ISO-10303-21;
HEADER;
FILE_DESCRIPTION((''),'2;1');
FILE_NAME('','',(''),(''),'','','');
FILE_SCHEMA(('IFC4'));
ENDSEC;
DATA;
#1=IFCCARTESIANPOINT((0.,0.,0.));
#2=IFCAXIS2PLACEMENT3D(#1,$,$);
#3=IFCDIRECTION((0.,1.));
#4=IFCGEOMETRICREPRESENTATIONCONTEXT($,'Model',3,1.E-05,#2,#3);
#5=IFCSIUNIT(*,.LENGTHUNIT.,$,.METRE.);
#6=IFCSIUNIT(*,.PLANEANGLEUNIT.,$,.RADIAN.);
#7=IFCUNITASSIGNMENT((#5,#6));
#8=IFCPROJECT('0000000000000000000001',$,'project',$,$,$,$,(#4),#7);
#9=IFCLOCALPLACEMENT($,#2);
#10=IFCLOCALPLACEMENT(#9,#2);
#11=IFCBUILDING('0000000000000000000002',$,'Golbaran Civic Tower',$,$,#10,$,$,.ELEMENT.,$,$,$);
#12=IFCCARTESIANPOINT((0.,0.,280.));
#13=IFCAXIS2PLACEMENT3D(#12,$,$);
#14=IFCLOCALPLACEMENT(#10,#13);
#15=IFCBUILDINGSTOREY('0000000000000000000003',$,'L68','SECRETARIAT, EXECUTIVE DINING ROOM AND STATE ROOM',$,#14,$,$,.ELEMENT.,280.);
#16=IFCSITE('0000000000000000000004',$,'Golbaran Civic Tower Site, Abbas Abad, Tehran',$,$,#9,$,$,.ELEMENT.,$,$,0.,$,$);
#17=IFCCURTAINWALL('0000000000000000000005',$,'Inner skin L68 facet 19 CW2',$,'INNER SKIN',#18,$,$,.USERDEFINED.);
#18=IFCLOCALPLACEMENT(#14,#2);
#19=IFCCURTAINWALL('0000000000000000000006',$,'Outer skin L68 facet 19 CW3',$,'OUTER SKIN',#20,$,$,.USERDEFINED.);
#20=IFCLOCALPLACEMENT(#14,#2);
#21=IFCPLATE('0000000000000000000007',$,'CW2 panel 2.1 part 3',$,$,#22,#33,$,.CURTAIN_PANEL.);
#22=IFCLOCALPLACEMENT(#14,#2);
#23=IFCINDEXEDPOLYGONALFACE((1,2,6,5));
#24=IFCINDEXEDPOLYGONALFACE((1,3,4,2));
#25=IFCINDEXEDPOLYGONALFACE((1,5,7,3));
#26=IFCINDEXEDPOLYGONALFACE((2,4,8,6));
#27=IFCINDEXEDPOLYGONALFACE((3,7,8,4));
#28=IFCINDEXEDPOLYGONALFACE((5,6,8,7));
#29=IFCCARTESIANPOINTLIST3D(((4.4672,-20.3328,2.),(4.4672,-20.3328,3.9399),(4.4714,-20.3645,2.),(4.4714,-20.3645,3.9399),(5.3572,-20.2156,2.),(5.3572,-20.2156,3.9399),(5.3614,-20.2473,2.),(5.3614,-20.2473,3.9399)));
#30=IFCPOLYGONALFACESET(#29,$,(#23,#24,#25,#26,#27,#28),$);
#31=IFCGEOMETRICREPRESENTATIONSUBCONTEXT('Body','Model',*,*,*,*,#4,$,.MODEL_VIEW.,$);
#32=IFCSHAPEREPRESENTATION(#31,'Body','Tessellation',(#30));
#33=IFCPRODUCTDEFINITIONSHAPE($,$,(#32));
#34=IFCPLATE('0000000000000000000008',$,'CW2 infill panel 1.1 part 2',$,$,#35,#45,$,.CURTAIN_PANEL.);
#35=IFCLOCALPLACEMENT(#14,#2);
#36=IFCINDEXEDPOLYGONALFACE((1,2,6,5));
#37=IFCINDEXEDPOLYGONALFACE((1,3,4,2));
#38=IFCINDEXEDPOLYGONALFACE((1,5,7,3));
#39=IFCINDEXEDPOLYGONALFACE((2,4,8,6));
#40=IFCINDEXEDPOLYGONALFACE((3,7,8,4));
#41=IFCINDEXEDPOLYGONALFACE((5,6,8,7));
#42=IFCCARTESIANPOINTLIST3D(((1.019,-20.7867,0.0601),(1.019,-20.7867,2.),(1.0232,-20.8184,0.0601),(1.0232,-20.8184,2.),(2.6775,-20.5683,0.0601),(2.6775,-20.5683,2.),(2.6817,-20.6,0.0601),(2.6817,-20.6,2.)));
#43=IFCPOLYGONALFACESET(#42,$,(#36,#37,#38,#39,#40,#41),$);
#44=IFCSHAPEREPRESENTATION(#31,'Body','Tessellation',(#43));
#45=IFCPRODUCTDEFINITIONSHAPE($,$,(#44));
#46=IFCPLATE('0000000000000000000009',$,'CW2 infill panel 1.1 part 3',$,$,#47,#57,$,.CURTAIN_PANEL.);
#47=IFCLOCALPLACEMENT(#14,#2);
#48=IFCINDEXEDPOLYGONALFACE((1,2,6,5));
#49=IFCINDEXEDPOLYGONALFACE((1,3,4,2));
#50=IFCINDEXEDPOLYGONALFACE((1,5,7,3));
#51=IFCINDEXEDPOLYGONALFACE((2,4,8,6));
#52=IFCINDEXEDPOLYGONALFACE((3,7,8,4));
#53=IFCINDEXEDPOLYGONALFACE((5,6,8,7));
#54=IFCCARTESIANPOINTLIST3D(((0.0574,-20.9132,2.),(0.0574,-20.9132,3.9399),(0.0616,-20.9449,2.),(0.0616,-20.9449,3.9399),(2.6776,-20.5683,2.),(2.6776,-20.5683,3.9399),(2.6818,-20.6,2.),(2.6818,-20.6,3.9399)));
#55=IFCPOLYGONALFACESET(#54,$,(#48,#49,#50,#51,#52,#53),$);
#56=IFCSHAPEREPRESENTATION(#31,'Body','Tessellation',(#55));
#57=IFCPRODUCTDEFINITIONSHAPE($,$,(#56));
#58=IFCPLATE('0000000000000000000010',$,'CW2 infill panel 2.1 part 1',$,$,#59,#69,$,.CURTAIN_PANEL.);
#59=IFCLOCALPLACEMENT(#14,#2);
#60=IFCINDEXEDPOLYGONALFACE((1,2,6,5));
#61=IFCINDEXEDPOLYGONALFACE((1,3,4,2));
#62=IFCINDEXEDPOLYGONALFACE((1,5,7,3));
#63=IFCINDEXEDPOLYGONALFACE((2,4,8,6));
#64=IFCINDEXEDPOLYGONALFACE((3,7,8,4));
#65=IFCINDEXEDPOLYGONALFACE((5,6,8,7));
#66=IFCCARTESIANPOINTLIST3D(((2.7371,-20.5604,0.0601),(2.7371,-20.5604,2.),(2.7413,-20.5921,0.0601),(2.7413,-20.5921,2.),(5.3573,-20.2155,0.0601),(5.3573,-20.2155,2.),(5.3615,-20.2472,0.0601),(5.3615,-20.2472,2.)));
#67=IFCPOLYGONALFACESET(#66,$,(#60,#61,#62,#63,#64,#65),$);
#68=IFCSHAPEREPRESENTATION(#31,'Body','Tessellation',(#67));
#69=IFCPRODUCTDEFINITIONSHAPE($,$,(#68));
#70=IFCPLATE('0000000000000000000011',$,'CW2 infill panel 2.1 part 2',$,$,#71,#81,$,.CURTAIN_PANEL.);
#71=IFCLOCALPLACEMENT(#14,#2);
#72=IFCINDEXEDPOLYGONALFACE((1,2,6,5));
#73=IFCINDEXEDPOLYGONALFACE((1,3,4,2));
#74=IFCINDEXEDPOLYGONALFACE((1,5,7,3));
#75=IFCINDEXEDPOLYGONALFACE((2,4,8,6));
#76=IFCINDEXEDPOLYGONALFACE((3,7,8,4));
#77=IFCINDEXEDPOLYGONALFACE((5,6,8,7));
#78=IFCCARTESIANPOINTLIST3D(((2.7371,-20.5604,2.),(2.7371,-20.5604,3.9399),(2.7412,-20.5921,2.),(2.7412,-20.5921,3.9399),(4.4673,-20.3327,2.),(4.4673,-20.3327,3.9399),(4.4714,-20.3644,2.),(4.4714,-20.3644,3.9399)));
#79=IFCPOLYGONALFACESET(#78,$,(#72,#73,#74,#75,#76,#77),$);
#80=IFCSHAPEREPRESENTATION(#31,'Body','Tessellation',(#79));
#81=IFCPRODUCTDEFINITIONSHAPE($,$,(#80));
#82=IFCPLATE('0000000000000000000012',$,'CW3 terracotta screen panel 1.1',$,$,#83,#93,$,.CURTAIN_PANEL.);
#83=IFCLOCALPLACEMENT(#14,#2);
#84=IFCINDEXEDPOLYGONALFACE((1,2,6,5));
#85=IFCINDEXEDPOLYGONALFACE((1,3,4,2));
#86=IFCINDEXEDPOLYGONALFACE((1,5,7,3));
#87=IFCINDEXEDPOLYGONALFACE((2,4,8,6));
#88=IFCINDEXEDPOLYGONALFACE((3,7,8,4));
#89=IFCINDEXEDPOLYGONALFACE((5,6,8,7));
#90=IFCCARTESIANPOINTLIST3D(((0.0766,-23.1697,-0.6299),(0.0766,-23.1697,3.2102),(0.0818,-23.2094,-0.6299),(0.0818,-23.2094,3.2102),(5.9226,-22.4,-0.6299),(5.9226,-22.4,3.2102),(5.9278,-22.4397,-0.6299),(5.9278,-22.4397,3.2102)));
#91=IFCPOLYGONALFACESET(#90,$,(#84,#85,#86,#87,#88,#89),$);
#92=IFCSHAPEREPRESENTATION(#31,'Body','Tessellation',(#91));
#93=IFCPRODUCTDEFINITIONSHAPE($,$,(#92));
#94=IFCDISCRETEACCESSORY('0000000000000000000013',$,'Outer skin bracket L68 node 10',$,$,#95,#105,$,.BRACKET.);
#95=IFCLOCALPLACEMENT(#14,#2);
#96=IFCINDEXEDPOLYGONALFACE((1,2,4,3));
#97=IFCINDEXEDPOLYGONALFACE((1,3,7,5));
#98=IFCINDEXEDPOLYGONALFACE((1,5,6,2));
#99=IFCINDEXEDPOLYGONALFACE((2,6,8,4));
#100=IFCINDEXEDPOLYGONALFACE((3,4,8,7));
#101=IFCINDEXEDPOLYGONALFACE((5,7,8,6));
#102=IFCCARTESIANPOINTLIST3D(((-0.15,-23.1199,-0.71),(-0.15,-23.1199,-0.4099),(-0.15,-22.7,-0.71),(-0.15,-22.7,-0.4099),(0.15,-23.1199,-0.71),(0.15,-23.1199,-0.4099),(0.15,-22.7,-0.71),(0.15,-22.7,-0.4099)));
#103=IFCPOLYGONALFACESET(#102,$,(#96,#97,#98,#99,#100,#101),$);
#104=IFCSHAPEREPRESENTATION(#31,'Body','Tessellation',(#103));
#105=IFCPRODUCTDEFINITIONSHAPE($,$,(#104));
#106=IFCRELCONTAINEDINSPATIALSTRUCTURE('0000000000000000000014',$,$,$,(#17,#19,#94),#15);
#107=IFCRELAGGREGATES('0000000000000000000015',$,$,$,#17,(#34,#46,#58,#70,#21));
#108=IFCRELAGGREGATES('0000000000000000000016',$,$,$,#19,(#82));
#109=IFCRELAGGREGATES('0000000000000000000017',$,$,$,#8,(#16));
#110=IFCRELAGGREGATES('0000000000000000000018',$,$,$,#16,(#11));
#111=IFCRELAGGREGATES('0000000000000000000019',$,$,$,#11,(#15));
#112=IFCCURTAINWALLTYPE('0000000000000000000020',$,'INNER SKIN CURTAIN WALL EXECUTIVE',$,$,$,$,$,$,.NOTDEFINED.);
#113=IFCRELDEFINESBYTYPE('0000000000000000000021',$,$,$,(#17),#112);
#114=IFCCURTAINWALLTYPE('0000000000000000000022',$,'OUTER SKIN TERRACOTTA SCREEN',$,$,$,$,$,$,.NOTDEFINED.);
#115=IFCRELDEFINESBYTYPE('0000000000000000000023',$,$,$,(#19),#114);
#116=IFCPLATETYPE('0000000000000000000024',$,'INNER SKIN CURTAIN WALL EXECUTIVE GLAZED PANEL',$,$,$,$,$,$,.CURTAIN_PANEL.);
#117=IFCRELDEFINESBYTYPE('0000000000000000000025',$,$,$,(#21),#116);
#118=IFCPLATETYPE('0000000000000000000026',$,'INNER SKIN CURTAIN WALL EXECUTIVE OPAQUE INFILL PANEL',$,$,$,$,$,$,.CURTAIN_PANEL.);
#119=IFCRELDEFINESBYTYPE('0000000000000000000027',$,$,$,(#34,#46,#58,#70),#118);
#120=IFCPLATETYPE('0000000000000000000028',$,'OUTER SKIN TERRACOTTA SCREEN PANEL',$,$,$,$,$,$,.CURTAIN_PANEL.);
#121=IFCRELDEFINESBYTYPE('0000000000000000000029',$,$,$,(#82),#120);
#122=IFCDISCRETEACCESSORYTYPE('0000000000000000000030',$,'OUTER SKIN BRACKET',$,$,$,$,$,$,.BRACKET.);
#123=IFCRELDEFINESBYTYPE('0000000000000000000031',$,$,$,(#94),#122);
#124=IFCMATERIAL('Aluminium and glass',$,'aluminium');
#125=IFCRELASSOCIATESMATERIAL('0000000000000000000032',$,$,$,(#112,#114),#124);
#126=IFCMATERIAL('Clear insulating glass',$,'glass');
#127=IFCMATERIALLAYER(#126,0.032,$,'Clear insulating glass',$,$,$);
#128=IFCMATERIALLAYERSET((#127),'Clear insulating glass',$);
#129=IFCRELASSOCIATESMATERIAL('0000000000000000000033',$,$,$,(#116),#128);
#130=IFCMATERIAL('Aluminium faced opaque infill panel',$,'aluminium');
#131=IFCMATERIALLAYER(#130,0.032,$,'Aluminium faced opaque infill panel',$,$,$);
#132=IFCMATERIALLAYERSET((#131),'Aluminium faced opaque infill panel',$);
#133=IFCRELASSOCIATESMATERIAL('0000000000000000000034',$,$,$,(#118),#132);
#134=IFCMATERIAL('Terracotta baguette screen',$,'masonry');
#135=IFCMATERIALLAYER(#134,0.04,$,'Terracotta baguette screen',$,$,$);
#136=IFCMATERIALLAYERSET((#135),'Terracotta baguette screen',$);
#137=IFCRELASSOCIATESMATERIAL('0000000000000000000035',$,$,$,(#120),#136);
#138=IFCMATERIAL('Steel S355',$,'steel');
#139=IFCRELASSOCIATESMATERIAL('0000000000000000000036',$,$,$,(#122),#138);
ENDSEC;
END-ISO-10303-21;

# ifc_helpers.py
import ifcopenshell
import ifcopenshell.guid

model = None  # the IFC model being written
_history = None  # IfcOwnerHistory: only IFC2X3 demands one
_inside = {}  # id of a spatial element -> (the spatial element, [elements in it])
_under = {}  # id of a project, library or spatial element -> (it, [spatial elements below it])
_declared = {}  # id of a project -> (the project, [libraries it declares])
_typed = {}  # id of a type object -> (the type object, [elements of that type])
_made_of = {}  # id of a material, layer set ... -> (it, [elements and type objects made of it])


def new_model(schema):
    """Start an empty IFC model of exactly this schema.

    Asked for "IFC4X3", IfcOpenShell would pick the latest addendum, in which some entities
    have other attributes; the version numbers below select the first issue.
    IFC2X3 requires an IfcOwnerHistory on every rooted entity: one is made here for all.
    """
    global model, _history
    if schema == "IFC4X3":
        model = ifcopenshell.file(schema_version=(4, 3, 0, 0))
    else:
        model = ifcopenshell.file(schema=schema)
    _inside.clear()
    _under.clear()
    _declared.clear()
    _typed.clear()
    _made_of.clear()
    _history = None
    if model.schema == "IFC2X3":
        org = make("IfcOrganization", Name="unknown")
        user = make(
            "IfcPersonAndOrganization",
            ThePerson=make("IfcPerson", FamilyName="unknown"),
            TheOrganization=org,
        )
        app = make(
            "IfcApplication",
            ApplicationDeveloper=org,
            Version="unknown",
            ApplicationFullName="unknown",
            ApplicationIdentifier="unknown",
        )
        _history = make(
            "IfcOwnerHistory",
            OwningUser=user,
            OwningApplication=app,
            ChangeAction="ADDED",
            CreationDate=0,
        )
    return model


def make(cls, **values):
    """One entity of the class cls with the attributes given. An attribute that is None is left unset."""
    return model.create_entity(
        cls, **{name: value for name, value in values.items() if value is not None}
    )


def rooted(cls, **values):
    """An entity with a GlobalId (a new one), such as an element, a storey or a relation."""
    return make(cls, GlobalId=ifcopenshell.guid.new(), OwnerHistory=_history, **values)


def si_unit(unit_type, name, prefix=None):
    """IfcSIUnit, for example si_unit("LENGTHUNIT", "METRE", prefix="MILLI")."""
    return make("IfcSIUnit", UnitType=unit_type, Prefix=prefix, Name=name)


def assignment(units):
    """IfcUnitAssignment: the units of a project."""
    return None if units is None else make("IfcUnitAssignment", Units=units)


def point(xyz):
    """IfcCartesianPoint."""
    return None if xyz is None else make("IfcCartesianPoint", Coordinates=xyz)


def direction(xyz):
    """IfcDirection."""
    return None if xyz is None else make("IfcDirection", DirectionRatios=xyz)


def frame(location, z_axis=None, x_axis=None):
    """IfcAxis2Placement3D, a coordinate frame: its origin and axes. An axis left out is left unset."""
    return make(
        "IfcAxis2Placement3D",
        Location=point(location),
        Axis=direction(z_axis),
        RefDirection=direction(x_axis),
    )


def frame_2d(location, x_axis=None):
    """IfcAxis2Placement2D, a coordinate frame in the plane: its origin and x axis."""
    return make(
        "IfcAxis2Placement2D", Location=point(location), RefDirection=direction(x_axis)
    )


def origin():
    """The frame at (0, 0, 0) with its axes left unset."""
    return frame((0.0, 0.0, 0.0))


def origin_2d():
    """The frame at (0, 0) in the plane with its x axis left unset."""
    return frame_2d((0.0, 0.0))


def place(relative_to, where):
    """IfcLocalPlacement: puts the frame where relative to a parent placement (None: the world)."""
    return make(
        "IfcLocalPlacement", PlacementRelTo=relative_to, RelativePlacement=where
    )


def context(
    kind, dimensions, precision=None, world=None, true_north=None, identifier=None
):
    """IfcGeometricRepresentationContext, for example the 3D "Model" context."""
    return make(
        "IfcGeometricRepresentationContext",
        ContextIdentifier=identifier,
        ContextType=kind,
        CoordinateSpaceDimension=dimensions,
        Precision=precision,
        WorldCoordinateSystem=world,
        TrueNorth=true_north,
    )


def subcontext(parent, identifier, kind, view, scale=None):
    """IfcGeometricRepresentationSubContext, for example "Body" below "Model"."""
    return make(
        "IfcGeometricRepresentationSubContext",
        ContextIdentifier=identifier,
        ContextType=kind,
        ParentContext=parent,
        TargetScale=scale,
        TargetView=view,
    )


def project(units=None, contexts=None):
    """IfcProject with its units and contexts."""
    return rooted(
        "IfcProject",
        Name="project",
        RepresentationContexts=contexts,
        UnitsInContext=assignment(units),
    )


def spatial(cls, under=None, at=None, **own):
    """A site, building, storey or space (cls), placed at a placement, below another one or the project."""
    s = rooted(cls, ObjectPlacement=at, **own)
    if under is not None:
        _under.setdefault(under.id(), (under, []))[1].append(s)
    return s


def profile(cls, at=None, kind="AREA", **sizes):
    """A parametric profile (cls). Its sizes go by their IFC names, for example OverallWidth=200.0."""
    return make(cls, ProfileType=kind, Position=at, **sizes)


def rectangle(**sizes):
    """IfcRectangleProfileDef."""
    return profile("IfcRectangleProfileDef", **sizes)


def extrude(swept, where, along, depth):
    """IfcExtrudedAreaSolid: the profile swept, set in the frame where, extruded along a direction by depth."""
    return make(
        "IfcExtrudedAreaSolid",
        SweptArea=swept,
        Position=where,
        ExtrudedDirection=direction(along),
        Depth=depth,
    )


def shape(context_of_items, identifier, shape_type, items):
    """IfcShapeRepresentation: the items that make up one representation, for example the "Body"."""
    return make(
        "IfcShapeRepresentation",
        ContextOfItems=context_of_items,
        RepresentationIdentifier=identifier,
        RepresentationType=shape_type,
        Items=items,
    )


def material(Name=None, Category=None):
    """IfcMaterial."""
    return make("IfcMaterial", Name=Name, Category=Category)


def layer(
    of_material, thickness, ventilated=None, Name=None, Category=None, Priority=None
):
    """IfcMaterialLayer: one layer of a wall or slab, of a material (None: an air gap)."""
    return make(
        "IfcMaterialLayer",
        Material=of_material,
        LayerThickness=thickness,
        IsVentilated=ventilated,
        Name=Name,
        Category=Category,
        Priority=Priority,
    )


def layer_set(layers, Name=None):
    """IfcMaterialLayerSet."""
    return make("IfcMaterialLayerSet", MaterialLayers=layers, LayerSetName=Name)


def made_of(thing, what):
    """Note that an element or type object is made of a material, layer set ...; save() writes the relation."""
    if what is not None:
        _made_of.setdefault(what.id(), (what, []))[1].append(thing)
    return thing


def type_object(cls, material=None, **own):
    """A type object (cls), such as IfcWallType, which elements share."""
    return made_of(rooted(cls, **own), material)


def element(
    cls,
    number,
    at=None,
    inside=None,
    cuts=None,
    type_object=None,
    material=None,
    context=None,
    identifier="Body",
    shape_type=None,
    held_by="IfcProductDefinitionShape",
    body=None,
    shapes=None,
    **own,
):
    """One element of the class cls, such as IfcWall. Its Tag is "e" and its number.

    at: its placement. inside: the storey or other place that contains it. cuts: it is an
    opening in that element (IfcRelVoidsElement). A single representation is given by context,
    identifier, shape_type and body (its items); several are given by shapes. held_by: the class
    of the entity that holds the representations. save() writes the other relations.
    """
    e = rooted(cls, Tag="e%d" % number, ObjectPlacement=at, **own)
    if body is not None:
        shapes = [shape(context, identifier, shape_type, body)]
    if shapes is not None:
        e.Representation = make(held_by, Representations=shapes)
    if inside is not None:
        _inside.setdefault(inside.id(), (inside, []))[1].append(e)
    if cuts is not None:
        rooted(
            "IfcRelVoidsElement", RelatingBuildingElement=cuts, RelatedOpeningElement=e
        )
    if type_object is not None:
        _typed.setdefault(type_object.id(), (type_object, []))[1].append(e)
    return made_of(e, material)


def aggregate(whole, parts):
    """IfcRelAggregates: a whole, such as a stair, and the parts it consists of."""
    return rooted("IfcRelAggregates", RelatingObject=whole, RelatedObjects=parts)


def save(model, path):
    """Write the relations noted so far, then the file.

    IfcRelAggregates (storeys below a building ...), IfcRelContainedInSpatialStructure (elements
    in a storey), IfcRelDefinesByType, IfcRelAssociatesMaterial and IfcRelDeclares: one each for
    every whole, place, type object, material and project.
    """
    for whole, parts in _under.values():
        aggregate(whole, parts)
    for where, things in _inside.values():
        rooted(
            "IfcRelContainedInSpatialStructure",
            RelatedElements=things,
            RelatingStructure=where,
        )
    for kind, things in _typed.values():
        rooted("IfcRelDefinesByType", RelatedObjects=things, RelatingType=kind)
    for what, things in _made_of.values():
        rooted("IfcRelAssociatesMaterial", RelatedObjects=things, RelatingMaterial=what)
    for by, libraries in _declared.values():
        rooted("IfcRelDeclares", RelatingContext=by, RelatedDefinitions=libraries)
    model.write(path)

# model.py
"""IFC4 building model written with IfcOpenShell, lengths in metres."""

from ifc_helpers import new_model, si_unit, direction, frame, origin, origin_2d, place, context, subcontext, project, spatial, rectangle, extrude, material, layer, layer_set, type_object, element, aggregate, save


model = new_model("IFC4")

# Units and contexts
model_context = context("Model", 3, precision=1e-05, world=origin(), true_north=direction((0.0, 1.0)))
body_context = subcontext(model_context, "Body", "Model", "MODEL_VIEW")
ifc_project = project(units=[si_unit("LENGTHUNIT", "METRE"), si_unit("PLANEANGLEUNIT", "RADIAN")], contexts=[model_context])

# Site, building, storey
site_placement = place(None, origin())
site = spatial("IfcSite", under=ifc_project, at=site_placement, Name="Golbaran Civic Tower Site, Abbas Abad, Tehran", CompositionType="ELEMENT", RefElevation=0.0)
building_placement = place(site_placement, origin())
building = spatial("IfcBuilding", under=site, at=building_placement, Name="Golbaran Civic Tower", CompositionType="ELEMENT")
storey_placement = place(building_placement, frame((0.0, 0.0, 280.0)))
storey = spatial("IfcBuildingStorey", under=building, at=storey_placement, Name="L68", Description="SECRETARIAT, EXECUTIVE DINING ROOM AND STATE ROOM", CompositionType="ELEMENT", Elevation=280.0)

# Shared definitions
ifc_material_1 = material(Name="Steel S355", Category="steel")

# Curtain wall
ifc_material_2 = material(Name="Aluminium and glass", Category="aluminium")
curtain_wall_type_1 = type_object("IfcCurtainWallType", Name="INNER SKIN CURTAIN WALL EXECUTIVE", PredefinedType="NOTDEFINED", material=ifc_material_2)
curtain_wall_1_placement = place(storey_placement, origin())
curtain_wall_1 = element("IfcCurtainWall", 1, at=curtain_wall_1_placement, inside=storey, type_object=curtain_wall_type_1, Name="Inner skin L68 facet 19 CW2", ObjectType="INNER SKIN", PredefinedType="USERDEFINED")

# Curtain wall
curtain_wall_type_2 = type_object("IfcCurtainWallType", Name="OUTER SKIN TERRACOTTA SCREEN", PredefinedType="NOTDEFINED", material=ifc_material_2)
curtain_wall_2_placement = place(storey_placement, origin())
curtain_wall_2 = element("IfcCurtainWall", 2, at=curtain_wall_2_placement, inside=storey, type_object=curtain_wall_type_2, Name="Outer skin L68 facet 19 CW3", ObjectType="OUTER SKIN", PredefinedType="USERDEFINED")

# Plates
ifc_material_3 = material(Name="Clear insulating glass", Category="glass")
ifc_layer_1 = layer(ifc_material_3, 0.032, Name="Clear insulating glass")
ifc_layer_set_1 = layer_set([ifc_layer_1], Name="Clear insulating glass")
plate_type_1 = type_object("IfcPlateType", Name="INNER SKIN CURTAIN WALL EXECUTIVE GLAZED PANEL", PredefinedType="CURTAIN_PANEL", material=ifc_layer_set_1)
plate_1_placement = place(storey_placement, frame((4.9143, -20.29, 2.0), z_axis=(0.0, 0.0, 1.0), x_axis=(0.991445, 0.130526, 0.0)))
plate_1 = element("IfcPlate", 3, at=plate_1_placement, type_object=plate_type_1, Name="CW2 panel 2.1 part 3", PredefinedType="CURTAIN_PANEL", context=body_context, shape_type="SweptSolid", body=[
    extrude(rectangle(XDim=0.8977, YDim=0.032, at=origin_2d()), origin(), (0.0, 0.0, 1.0), 1.9399),
])
ifc_material_4 = material(Name="Aluminium faced opaque infill panel", Category="aluminium")
ifc_layer_2 = layer(ifc_material_4, 0.032, Name="Aluminium faced opaque infill panel")
ifc_layer_set_2 = layer_set([ifc_layer_2], Name="Aluminium faced opaque infill panel")
plate_type_2 = type_object("IfcPlateType", Name="INNER SKIN CURTAIN WALL EXECUTIVE OPAQUE INFILL PANEL", PredefinedType="CURTAIN_PANEL", material=ifc_layer_set_2)
plate_2_placement = place(storey_placement, frame((1.8503, -20.6934, 0.0601), z_axis=(0.0, 0.0, 1.0), x_axis=(0.991445, 0.130526, 0.0)))
plate_2 = element("IfcPlate", 4, at=plate_2_placement, type_object=plate_type_2, Name="CW2 infill panel 1.1 part 2", PredefinedType="CURTAIN_PANEL", context=body_context, shape_type="SweptSolid", body=[
    extrude(rectangle(XDim=1.6729, YDim=0.032, at=origin_2d()), origin(), (0.0, 0.0, 1.0), 1.9399),
])
plate_3_placement = place(storey_placement, frame((1.3696, -20.7566, 2.0), z_axis=(0.0, 0.0, 1.0), x_axis=(0.991445, 0.130526, 0.0)))
plate_3 = element("IfcPlate", 5, at=plate_3_placement, type_object=plate_type_2, Name="CW2 infill panel 1.1 part 3", PredefinedType="CURTAIN_PANEL", context=body_context, shape_type="SweptSolid", body=[
    extrude(rectangle(XDim=2.6428, YDim=0.032, at=origin_2d()), origin(), (0.0, 0.0, 1.0), 1.9399),
])
plate_4_placement = place(storey_placement, frame((4.0493, -20.4038, 0.0601), z_axis=(0.0, 0.0, 1.0), x_axis=(0.991445, 0.130526, 0.0)))
plate_4 = element("IfcPlate", 6, at=plate_4_placement, type_object=plate_type_2, Name="CW2 infill panel 2.1 part 1", PredefinedType="CURTAIN_PANEL", context=body_context, shape_type="SweptSolid", body=[
    extrude(rectangle(XDim=2.6428, YDim=0.032, at=origin_2d()), origin(), (0.0, 0.0, 1.0), 1.9399),
])
plate_5_placement = place(storey_placement, frame((3.6042, -20.4624, 2.0), z_axis=(0.0, 0.0, 1.0), x_axis=(0.991445, 0.130526, 0.0)))
plate_5 = element("IfcPlate", 7, at=plate_5_placement, type_object=plate_type_2, Name="CW2 infill panel 2.1 part 2", PredefinedType="CURTAIN_PANEL", context=body_context, shape_type="SweptSolid", body=[
    extrude(rectangle(XDim=1.7451, YDim=0.032, at=origin_2d()), origin(), (0.0, 0.0, 1.0), 1.9399),
])
aggregate(curtain_wall_1, [plate_2, plate_3, plate_4, plate_5, plate_1])
ifc_material_5 = material(Name="Terracotta baguette screen", Category="masonry")
ifc_layer_3 = layer(ifc_material_5, 0.04, Name="Terracotta baguette screen")
ifc_layer_set_3 = layer_set([ifc_layer_3], Name="Terracotta baguette screen")
plate_type_3 = type_object("IfcPlateType", Name="OUTER SKIN TERRACOTTA SCREEN PANEL", PredefinedType="CURTAIN_PANEL", material=ifc_layer_set_3)
plate_6_placement = place(storey_placement, frame((3.0022, -22.8047, -0.6299), z_axis=(0.0, 0.0, 1.0), x_axis=(0.991445, 0.130526, 0.0)))
plate_6 = element("IfcPlate", 8, at=plate_6_placement, type_object=plate_type_3, Name="CW3 terracotta screen panel 1.1", PredefinedType="CURTAIN_PANEL", context=body_context, shape_type="SweptSolid", body=[
    extrude(rectangle(XDim=5.8965, YDim=0.04, at=origin_2d()), origin(), (0.0, 0.0, 1.0), 3.8401),
])
aggregate(curtain_wall_2, [plate_6])

# Discrete accessory
discrete_accessory_type = type_object("IfcDiscreteAccessoryType", Name="OUTER SKIN BRACKET", PredefinedType="BRACKET", material=ifc_material_1)
discrete_accessory_placement = place(storey_placement, frame((0.0, -22.9099, -0.71), z_axis=(0.0, 0.0, 1.0), x_axis=(0.0, -1.0, 0.0)))
element("IfcDiscreteAccessory", 9, at=discrete_accessory_placement, inside=storey, type_object=discrete_accessory_type, Name="Outer skin bracket L68 node 10", PredefinedType="BRACKET", context=body_context, shape_type="SweptSolid", body=[
    extrude(rectangle(XDim=0.4199, YDim=0.3, at=origin_2d()), origin(), (0.0, 0.0, 1.0), 0.3),
])

save(model, "model.ifc")
